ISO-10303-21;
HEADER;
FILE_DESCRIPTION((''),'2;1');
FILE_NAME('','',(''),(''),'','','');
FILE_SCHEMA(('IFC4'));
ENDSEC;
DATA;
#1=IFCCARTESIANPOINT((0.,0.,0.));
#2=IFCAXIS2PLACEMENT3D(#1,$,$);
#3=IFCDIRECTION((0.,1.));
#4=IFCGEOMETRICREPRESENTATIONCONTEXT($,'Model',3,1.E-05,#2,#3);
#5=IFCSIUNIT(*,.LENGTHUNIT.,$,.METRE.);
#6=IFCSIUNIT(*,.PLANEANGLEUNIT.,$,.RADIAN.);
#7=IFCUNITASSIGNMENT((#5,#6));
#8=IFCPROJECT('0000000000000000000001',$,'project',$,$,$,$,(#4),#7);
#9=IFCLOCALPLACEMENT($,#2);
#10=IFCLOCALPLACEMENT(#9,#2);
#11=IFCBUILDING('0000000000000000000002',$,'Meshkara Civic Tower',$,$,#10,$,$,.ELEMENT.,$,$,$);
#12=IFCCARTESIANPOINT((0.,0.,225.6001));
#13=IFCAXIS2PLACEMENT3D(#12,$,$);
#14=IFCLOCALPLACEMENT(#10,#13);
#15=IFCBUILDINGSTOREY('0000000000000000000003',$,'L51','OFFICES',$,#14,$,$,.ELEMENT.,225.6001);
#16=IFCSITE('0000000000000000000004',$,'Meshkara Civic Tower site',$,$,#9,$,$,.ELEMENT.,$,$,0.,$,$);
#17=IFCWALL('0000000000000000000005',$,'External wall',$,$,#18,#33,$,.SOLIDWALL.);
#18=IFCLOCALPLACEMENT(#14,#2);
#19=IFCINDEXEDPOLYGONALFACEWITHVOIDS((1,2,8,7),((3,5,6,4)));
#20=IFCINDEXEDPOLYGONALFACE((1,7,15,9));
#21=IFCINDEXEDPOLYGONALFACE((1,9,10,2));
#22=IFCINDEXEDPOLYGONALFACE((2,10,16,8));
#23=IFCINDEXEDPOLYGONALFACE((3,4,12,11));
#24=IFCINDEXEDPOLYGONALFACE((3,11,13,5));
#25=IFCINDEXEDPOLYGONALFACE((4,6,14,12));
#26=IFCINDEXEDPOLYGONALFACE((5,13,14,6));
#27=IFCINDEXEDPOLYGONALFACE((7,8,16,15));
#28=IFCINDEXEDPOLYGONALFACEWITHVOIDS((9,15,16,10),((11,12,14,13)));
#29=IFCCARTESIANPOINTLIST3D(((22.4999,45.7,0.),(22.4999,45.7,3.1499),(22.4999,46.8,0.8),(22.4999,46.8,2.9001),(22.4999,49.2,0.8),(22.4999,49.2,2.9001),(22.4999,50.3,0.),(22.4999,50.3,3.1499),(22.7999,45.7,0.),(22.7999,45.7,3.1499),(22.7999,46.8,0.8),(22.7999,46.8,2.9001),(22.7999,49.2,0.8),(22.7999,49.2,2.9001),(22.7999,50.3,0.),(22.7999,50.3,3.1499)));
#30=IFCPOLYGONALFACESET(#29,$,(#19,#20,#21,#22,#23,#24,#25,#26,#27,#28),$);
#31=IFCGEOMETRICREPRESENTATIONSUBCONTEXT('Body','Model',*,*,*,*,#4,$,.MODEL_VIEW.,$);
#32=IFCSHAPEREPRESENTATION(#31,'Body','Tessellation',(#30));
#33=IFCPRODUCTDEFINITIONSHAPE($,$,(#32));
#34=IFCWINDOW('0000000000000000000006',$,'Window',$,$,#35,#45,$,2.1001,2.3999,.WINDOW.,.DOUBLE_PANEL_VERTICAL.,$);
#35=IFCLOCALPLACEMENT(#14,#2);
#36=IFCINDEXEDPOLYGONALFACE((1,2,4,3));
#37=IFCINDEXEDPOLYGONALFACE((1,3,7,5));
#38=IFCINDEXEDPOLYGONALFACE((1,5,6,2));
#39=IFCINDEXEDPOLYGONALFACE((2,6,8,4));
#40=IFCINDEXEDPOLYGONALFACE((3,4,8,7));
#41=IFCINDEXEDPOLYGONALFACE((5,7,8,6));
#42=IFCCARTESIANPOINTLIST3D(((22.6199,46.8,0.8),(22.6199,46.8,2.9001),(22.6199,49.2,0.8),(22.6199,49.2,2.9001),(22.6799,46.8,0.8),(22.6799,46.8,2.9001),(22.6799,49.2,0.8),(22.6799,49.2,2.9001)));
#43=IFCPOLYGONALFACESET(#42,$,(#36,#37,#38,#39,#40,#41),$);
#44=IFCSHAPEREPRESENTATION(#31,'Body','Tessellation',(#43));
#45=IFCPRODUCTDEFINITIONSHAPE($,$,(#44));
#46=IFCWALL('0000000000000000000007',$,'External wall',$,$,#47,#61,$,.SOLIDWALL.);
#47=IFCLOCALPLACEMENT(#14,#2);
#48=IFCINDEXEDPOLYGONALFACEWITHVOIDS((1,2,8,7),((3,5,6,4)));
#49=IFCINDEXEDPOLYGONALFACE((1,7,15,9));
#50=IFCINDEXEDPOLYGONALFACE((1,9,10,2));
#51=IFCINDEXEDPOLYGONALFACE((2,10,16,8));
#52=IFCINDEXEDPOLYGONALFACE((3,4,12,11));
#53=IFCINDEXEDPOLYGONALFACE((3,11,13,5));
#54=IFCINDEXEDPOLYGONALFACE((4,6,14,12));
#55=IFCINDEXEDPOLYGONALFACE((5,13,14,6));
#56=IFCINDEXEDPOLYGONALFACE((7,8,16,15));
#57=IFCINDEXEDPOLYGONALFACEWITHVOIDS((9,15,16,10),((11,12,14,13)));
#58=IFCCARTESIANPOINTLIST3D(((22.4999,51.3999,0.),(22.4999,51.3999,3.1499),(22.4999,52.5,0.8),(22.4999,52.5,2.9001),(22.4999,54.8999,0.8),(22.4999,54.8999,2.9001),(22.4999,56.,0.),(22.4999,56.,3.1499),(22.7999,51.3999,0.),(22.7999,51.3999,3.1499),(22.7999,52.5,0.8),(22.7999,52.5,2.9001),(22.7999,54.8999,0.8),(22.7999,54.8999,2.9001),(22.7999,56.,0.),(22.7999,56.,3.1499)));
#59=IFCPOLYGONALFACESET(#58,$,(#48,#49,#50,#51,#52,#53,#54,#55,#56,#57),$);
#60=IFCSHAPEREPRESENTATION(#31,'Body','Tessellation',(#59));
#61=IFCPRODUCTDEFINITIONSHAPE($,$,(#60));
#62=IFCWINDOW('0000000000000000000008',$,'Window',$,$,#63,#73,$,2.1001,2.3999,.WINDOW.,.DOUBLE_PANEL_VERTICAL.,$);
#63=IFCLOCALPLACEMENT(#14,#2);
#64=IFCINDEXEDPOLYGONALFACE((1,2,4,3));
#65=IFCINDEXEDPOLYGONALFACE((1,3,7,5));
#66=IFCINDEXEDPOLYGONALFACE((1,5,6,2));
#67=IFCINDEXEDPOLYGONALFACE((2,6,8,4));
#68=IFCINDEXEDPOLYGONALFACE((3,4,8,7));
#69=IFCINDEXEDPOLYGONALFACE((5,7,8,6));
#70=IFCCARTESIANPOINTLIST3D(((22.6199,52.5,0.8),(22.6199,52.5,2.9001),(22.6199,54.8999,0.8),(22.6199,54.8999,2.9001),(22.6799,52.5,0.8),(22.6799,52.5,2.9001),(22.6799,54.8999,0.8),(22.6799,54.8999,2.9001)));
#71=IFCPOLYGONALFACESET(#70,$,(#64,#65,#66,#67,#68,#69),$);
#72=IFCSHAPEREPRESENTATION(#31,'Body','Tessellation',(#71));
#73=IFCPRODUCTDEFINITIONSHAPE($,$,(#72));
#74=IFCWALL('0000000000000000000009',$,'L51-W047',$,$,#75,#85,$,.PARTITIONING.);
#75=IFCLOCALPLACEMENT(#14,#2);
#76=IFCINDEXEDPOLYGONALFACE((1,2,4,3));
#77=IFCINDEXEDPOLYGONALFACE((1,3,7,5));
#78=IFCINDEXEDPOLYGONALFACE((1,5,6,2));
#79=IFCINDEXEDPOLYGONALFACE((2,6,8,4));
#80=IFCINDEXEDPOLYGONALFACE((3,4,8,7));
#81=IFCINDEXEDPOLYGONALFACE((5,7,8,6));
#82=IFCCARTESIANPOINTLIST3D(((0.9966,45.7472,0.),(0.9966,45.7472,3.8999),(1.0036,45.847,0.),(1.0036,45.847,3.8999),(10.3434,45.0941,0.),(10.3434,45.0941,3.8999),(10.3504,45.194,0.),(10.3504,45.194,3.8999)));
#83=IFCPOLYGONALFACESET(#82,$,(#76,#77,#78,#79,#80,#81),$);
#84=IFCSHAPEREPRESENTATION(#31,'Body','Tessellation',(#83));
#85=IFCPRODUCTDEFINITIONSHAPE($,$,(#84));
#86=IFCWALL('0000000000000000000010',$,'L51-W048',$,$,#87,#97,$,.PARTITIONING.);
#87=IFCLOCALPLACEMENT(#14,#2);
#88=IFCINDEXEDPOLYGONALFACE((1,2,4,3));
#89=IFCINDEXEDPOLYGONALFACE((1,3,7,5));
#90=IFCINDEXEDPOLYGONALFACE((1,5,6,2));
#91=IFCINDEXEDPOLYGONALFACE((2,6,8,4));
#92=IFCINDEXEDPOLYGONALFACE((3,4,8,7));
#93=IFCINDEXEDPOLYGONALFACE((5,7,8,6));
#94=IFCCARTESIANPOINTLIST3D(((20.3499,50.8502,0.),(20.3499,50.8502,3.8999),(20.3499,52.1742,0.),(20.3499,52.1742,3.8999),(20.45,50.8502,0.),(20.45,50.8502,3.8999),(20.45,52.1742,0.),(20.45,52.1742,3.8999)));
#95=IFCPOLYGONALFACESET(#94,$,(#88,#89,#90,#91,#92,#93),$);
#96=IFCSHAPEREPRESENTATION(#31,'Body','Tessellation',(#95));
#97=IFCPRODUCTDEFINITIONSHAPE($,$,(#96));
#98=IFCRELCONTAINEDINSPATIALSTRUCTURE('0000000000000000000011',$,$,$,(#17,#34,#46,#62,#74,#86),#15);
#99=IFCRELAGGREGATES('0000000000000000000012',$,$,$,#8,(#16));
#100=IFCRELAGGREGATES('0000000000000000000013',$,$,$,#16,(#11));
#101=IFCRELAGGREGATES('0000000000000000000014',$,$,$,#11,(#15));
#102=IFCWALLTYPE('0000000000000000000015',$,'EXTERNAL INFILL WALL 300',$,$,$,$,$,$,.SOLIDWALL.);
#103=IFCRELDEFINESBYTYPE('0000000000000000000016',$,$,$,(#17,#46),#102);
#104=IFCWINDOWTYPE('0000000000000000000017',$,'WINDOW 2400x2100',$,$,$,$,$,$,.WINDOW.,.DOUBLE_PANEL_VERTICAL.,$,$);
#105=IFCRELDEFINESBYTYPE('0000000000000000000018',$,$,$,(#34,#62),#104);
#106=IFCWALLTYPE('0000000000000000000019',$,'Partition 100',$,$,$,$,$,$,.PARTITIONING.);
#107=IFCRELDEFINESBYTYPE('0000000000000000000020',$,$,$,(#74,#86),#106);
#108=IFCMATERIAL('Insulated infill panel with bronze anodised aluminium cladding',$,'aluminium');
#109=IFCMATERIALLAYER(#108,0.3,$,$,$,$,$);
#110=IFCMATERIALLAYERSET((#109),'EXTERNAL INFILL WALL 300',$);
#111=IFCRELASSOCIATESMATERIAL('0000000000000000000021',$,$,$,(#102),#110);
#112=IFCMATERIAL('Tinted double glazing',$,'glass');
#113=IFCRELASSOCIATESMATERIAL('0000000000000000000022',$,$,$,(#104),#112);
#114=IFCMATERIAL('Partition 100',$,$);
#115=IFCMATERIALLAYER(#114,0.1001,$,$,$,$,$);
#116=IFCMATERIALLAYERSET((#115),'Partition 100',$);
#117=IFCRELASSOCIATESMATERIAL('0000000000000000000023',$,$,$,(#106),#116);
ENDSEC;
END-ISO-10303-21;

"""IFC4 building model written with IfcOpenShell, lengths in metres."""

from ifc_helpers import new_model, si_unit, direction, frame, frame_2d, origin, place, context, subcontext, project, spatial, rectangle, extrude, material, layer, layer_set, type_object, element, fill, save


model = new_model("IFC4")

# Units and contexts
model_context = context("Model", 3, precision=1e-05, world=origin(), true_north=direction((0.0, 1.0)))
body_context = subcontext(model_context, "Body", "Model", "MODEL_VIEW")
ifc_project = project(units=[si_unit("LENGTHUNIT", "METRE"), si_unit("PLANEANGLEUNIT", "RADIAN")], contexts=[model_context])

# Site, building, storey
site_placement = place(None, origin())
site = spatial("IfcSite", under=ifc_project, at=site_placement, Name="Meshkara Civic Tower site", CompositionType="ELEMENT", RefElevation=0.0)
building_placement = place(site_placement, origin())
building = spatial("IfcBuilding", under=site, at=building_placement, Name="Meshkara Civic Tower", CompositionType="ELEMENT")
storey_placement = place(building_placement, frame((0.0, 0.0, 225.6001)))
storey = spatial("IfcBuildingStorey", under=building, at=storey_placement, Name="L51", Description="OFFICES", CompositionType="ELEMENT", Elevation=225.6001)

# Walls, openings, windows
ifc_material_1 = material(Name="Insulated infill panel with bronze anodised aluminium cladding", Category="aluminium")
ifc_layer_1 = layer(ifc_material_1, 0.3)
ifc_layer_set_1 = layer_set([ifc_layer_1], Name="EXTERNAL INFILL WALL 300")
wall_type_1 = type_object("IfcWallType", Name="EXTERNAL INFILL WALL 300", PredefinedType="SOLIDWALL", material=ifc_layer_set_1)
ifc_material_2 = material(Name="Tinted double glazing", Category="glass")
window_type = type_object("IfcWindowType", Name="WINDOW 2400x2100", PartitioningType="DOUBLE_PANEL_VERTICAL", PredefinedType="WINDOW", material=ifc_material_2)
wall_1_placement = place(storey_placement, frame((22.6499, 45.7, 0.0), z_axis=(0.0, 0.0, 1.0), x_axis=(0.0, 1.0, 0.0)))
wall_1 = element("IfcWall", 1, at=wall_1_placement, inside=storey, type_object=wall_type_1, Name="External wall", PredefinedType="SOLIDWALL", context=body_context, shape_type="SweptSolid", body=[
    extrude(rectangle(XDim=4.6001, YDim=0.3, at=frame_2d((2.3, 0.0))), origin(), (0.0, 0.0, 1.0), 3.1499),
])
opening_1_placement = place(wall_1_placement, frame((1.1001, 0.0, 0.8)))
opening_1 = element("IfcOpeningElement", 2, at=opening_1_placement, cuts=wall_1, PredefinedType="OPENING", context=body_context, shape_type="SweptSolid", body=[
    extrude(rectangle(XDim=2.3999, YDim=2.1001, at=frame_2d((1.2, 1.05))), frame((0.0, 0.1599, 0.0), z_axis=(0.0, -1.0, 0.0), x_axis=(1.0, 0.0, 0.0)), (0.0, 0.0, 1.0), 0.3201),
])
window_1_placement = place(opening_1_placement, origin())
window_1 = element("IfcWindow", 3, at=window_1_placement, inside=storey, type_object=window_type, Name="Window", OverallHeight=2.1001, OverallWidth=2.3999, PartitioningType="DOUBLE_PANEL_VERTICAL", PredefinedType="WINDOW", context=body_context, shape_type="SweptSolid", body=[
    extrude(rectangle(XDim=2.3999, YDim=2.1001, at=frame_2d((1.2, 1.05))), frame((0.0, 0.03, 0.0), z_axis=(0.0, -1.0, 0.0), x_axis=(1.0, 0.0, 0.0)), (0.0, 0.0, 1.0), 0.0601),
])
fill(opening_1, window_1)
wall_2_placement = place(storey_placement, frame((22.6499, 51.3999, 0.0), z_axis=(0.0, 0.0, 1.0), x_axis=(0.0, 1.0, 0.0)))
wall_2 = element("IfcWall", 4, at=wall_2_placement, inside=storey, type_object=wall_type_1, Name="External wall", PredefinedType="SOLIDWALL", context=body_context, shape_type="SweptSolid", body=[
    extrude(rectangle(XDim=4.6001, YDim=0.3, at=frame_2d((2.3, 0.0))), origin(), (0.0, 0.0, 1.0), 3.1499),
])
opening_2_placement = place(wall_2_placement, frame((1.1001, 0.0, 0.8)))
opening_2 = element("IfcOpeningElement", 5, at=opening_2_placement, cuts=wall_2, PredefinedType="OPENING", context=body_context, shape_type="SweptSolid", body=[
    extrude(rectangle(XDim=2.3999, YDim=2.1001, at=frame_2d((1.2, 1.05))), frame((0.0, 0.1599, 0.0), z_axis=(0.0, -1.0, 0.0), x_axis=(1.0, 0.0, 0.0)), (0.0, 0.0, 1.0), 0.3201),
])
window_2_placement = place(opening_2_placement, origin())
window_2 = element("IfcWindow", 6, at=window_2_placement, inside=storey, type_object=window_type, Name="Window", OverallHeight=2.1001, OverallWidth=2.3999, PartitioningType="DOUBLE_PANEL_VERTICAL", PredefinedType="WINDOW", context=body_context, shape_type="SweptSolid", body=[
    extrude(rectangle(XDim=2.3999, YDim=2.1001, at=frame_2d((1.2, 1.05))), frame((0.0, 0.03, 0.0), z_axis=(0.0, -1.0, 0.0), x_axis=(1.0, 0.0, 0.0)), (0.0, 0.0, 1.0), 0.0601),
])
fill(opening_2, window_2)

# Walls
ifc_material_3 = material(Name="Partition 100")
ifc_layer_2 = layer(ifc_material_3, 0.1001)
ifc_layer_set_2 = layer_set([ifc_layer_2], Name="Partition 100")
wall_type_2 = type_object("IfcWallType", Name="Partition 100", PredefinedType="PARTITIONING", material=ifc_layer_set_2)
wall_3_placement = place(storey_placement, frame((10.3469, 45.144, 0.0), z_axis=(0.0, 0.0, 1.0), x_axis=(-0.997568, 0.069701, 0.0)))
element("IfcWall", 7, at=wall_3_placement, inside=storey, type_object=wall_type_2, Name="L51-W047", PredefinedType="PARTITIONING", context=body_context, shape_type="SweptSolid", body=[
    extrude(rectangle(XDim=9.3696, YDim=0.1001, at=frame_2d((4.6848, 0.0))), origin(), (0.0, 0.0, 1.0), 3.8999),
])
wall_4_placement = place(storey_placement, frame((20.3999, 50.8501, 0.0), z_axis=(0.0, 0.0, 1.0), x_axis=(0.0, 1.0, 0.0)))
element("IfcWall", 8, at=wall_4_placement, inside=storey, type_object=wall_type_2, Name="L51-W048", PredefinedType="PARTITIONING", context=body_context, shape_type="SweptSolid", body=[
    extrude(rectangle(XDim=1.324, YDim=0.1001, at=frame_2d((0.6621, 0.0))), origin(), (0.0, 0.0, 1.0), 3.8999),
])

save(model, "model.ifc")
